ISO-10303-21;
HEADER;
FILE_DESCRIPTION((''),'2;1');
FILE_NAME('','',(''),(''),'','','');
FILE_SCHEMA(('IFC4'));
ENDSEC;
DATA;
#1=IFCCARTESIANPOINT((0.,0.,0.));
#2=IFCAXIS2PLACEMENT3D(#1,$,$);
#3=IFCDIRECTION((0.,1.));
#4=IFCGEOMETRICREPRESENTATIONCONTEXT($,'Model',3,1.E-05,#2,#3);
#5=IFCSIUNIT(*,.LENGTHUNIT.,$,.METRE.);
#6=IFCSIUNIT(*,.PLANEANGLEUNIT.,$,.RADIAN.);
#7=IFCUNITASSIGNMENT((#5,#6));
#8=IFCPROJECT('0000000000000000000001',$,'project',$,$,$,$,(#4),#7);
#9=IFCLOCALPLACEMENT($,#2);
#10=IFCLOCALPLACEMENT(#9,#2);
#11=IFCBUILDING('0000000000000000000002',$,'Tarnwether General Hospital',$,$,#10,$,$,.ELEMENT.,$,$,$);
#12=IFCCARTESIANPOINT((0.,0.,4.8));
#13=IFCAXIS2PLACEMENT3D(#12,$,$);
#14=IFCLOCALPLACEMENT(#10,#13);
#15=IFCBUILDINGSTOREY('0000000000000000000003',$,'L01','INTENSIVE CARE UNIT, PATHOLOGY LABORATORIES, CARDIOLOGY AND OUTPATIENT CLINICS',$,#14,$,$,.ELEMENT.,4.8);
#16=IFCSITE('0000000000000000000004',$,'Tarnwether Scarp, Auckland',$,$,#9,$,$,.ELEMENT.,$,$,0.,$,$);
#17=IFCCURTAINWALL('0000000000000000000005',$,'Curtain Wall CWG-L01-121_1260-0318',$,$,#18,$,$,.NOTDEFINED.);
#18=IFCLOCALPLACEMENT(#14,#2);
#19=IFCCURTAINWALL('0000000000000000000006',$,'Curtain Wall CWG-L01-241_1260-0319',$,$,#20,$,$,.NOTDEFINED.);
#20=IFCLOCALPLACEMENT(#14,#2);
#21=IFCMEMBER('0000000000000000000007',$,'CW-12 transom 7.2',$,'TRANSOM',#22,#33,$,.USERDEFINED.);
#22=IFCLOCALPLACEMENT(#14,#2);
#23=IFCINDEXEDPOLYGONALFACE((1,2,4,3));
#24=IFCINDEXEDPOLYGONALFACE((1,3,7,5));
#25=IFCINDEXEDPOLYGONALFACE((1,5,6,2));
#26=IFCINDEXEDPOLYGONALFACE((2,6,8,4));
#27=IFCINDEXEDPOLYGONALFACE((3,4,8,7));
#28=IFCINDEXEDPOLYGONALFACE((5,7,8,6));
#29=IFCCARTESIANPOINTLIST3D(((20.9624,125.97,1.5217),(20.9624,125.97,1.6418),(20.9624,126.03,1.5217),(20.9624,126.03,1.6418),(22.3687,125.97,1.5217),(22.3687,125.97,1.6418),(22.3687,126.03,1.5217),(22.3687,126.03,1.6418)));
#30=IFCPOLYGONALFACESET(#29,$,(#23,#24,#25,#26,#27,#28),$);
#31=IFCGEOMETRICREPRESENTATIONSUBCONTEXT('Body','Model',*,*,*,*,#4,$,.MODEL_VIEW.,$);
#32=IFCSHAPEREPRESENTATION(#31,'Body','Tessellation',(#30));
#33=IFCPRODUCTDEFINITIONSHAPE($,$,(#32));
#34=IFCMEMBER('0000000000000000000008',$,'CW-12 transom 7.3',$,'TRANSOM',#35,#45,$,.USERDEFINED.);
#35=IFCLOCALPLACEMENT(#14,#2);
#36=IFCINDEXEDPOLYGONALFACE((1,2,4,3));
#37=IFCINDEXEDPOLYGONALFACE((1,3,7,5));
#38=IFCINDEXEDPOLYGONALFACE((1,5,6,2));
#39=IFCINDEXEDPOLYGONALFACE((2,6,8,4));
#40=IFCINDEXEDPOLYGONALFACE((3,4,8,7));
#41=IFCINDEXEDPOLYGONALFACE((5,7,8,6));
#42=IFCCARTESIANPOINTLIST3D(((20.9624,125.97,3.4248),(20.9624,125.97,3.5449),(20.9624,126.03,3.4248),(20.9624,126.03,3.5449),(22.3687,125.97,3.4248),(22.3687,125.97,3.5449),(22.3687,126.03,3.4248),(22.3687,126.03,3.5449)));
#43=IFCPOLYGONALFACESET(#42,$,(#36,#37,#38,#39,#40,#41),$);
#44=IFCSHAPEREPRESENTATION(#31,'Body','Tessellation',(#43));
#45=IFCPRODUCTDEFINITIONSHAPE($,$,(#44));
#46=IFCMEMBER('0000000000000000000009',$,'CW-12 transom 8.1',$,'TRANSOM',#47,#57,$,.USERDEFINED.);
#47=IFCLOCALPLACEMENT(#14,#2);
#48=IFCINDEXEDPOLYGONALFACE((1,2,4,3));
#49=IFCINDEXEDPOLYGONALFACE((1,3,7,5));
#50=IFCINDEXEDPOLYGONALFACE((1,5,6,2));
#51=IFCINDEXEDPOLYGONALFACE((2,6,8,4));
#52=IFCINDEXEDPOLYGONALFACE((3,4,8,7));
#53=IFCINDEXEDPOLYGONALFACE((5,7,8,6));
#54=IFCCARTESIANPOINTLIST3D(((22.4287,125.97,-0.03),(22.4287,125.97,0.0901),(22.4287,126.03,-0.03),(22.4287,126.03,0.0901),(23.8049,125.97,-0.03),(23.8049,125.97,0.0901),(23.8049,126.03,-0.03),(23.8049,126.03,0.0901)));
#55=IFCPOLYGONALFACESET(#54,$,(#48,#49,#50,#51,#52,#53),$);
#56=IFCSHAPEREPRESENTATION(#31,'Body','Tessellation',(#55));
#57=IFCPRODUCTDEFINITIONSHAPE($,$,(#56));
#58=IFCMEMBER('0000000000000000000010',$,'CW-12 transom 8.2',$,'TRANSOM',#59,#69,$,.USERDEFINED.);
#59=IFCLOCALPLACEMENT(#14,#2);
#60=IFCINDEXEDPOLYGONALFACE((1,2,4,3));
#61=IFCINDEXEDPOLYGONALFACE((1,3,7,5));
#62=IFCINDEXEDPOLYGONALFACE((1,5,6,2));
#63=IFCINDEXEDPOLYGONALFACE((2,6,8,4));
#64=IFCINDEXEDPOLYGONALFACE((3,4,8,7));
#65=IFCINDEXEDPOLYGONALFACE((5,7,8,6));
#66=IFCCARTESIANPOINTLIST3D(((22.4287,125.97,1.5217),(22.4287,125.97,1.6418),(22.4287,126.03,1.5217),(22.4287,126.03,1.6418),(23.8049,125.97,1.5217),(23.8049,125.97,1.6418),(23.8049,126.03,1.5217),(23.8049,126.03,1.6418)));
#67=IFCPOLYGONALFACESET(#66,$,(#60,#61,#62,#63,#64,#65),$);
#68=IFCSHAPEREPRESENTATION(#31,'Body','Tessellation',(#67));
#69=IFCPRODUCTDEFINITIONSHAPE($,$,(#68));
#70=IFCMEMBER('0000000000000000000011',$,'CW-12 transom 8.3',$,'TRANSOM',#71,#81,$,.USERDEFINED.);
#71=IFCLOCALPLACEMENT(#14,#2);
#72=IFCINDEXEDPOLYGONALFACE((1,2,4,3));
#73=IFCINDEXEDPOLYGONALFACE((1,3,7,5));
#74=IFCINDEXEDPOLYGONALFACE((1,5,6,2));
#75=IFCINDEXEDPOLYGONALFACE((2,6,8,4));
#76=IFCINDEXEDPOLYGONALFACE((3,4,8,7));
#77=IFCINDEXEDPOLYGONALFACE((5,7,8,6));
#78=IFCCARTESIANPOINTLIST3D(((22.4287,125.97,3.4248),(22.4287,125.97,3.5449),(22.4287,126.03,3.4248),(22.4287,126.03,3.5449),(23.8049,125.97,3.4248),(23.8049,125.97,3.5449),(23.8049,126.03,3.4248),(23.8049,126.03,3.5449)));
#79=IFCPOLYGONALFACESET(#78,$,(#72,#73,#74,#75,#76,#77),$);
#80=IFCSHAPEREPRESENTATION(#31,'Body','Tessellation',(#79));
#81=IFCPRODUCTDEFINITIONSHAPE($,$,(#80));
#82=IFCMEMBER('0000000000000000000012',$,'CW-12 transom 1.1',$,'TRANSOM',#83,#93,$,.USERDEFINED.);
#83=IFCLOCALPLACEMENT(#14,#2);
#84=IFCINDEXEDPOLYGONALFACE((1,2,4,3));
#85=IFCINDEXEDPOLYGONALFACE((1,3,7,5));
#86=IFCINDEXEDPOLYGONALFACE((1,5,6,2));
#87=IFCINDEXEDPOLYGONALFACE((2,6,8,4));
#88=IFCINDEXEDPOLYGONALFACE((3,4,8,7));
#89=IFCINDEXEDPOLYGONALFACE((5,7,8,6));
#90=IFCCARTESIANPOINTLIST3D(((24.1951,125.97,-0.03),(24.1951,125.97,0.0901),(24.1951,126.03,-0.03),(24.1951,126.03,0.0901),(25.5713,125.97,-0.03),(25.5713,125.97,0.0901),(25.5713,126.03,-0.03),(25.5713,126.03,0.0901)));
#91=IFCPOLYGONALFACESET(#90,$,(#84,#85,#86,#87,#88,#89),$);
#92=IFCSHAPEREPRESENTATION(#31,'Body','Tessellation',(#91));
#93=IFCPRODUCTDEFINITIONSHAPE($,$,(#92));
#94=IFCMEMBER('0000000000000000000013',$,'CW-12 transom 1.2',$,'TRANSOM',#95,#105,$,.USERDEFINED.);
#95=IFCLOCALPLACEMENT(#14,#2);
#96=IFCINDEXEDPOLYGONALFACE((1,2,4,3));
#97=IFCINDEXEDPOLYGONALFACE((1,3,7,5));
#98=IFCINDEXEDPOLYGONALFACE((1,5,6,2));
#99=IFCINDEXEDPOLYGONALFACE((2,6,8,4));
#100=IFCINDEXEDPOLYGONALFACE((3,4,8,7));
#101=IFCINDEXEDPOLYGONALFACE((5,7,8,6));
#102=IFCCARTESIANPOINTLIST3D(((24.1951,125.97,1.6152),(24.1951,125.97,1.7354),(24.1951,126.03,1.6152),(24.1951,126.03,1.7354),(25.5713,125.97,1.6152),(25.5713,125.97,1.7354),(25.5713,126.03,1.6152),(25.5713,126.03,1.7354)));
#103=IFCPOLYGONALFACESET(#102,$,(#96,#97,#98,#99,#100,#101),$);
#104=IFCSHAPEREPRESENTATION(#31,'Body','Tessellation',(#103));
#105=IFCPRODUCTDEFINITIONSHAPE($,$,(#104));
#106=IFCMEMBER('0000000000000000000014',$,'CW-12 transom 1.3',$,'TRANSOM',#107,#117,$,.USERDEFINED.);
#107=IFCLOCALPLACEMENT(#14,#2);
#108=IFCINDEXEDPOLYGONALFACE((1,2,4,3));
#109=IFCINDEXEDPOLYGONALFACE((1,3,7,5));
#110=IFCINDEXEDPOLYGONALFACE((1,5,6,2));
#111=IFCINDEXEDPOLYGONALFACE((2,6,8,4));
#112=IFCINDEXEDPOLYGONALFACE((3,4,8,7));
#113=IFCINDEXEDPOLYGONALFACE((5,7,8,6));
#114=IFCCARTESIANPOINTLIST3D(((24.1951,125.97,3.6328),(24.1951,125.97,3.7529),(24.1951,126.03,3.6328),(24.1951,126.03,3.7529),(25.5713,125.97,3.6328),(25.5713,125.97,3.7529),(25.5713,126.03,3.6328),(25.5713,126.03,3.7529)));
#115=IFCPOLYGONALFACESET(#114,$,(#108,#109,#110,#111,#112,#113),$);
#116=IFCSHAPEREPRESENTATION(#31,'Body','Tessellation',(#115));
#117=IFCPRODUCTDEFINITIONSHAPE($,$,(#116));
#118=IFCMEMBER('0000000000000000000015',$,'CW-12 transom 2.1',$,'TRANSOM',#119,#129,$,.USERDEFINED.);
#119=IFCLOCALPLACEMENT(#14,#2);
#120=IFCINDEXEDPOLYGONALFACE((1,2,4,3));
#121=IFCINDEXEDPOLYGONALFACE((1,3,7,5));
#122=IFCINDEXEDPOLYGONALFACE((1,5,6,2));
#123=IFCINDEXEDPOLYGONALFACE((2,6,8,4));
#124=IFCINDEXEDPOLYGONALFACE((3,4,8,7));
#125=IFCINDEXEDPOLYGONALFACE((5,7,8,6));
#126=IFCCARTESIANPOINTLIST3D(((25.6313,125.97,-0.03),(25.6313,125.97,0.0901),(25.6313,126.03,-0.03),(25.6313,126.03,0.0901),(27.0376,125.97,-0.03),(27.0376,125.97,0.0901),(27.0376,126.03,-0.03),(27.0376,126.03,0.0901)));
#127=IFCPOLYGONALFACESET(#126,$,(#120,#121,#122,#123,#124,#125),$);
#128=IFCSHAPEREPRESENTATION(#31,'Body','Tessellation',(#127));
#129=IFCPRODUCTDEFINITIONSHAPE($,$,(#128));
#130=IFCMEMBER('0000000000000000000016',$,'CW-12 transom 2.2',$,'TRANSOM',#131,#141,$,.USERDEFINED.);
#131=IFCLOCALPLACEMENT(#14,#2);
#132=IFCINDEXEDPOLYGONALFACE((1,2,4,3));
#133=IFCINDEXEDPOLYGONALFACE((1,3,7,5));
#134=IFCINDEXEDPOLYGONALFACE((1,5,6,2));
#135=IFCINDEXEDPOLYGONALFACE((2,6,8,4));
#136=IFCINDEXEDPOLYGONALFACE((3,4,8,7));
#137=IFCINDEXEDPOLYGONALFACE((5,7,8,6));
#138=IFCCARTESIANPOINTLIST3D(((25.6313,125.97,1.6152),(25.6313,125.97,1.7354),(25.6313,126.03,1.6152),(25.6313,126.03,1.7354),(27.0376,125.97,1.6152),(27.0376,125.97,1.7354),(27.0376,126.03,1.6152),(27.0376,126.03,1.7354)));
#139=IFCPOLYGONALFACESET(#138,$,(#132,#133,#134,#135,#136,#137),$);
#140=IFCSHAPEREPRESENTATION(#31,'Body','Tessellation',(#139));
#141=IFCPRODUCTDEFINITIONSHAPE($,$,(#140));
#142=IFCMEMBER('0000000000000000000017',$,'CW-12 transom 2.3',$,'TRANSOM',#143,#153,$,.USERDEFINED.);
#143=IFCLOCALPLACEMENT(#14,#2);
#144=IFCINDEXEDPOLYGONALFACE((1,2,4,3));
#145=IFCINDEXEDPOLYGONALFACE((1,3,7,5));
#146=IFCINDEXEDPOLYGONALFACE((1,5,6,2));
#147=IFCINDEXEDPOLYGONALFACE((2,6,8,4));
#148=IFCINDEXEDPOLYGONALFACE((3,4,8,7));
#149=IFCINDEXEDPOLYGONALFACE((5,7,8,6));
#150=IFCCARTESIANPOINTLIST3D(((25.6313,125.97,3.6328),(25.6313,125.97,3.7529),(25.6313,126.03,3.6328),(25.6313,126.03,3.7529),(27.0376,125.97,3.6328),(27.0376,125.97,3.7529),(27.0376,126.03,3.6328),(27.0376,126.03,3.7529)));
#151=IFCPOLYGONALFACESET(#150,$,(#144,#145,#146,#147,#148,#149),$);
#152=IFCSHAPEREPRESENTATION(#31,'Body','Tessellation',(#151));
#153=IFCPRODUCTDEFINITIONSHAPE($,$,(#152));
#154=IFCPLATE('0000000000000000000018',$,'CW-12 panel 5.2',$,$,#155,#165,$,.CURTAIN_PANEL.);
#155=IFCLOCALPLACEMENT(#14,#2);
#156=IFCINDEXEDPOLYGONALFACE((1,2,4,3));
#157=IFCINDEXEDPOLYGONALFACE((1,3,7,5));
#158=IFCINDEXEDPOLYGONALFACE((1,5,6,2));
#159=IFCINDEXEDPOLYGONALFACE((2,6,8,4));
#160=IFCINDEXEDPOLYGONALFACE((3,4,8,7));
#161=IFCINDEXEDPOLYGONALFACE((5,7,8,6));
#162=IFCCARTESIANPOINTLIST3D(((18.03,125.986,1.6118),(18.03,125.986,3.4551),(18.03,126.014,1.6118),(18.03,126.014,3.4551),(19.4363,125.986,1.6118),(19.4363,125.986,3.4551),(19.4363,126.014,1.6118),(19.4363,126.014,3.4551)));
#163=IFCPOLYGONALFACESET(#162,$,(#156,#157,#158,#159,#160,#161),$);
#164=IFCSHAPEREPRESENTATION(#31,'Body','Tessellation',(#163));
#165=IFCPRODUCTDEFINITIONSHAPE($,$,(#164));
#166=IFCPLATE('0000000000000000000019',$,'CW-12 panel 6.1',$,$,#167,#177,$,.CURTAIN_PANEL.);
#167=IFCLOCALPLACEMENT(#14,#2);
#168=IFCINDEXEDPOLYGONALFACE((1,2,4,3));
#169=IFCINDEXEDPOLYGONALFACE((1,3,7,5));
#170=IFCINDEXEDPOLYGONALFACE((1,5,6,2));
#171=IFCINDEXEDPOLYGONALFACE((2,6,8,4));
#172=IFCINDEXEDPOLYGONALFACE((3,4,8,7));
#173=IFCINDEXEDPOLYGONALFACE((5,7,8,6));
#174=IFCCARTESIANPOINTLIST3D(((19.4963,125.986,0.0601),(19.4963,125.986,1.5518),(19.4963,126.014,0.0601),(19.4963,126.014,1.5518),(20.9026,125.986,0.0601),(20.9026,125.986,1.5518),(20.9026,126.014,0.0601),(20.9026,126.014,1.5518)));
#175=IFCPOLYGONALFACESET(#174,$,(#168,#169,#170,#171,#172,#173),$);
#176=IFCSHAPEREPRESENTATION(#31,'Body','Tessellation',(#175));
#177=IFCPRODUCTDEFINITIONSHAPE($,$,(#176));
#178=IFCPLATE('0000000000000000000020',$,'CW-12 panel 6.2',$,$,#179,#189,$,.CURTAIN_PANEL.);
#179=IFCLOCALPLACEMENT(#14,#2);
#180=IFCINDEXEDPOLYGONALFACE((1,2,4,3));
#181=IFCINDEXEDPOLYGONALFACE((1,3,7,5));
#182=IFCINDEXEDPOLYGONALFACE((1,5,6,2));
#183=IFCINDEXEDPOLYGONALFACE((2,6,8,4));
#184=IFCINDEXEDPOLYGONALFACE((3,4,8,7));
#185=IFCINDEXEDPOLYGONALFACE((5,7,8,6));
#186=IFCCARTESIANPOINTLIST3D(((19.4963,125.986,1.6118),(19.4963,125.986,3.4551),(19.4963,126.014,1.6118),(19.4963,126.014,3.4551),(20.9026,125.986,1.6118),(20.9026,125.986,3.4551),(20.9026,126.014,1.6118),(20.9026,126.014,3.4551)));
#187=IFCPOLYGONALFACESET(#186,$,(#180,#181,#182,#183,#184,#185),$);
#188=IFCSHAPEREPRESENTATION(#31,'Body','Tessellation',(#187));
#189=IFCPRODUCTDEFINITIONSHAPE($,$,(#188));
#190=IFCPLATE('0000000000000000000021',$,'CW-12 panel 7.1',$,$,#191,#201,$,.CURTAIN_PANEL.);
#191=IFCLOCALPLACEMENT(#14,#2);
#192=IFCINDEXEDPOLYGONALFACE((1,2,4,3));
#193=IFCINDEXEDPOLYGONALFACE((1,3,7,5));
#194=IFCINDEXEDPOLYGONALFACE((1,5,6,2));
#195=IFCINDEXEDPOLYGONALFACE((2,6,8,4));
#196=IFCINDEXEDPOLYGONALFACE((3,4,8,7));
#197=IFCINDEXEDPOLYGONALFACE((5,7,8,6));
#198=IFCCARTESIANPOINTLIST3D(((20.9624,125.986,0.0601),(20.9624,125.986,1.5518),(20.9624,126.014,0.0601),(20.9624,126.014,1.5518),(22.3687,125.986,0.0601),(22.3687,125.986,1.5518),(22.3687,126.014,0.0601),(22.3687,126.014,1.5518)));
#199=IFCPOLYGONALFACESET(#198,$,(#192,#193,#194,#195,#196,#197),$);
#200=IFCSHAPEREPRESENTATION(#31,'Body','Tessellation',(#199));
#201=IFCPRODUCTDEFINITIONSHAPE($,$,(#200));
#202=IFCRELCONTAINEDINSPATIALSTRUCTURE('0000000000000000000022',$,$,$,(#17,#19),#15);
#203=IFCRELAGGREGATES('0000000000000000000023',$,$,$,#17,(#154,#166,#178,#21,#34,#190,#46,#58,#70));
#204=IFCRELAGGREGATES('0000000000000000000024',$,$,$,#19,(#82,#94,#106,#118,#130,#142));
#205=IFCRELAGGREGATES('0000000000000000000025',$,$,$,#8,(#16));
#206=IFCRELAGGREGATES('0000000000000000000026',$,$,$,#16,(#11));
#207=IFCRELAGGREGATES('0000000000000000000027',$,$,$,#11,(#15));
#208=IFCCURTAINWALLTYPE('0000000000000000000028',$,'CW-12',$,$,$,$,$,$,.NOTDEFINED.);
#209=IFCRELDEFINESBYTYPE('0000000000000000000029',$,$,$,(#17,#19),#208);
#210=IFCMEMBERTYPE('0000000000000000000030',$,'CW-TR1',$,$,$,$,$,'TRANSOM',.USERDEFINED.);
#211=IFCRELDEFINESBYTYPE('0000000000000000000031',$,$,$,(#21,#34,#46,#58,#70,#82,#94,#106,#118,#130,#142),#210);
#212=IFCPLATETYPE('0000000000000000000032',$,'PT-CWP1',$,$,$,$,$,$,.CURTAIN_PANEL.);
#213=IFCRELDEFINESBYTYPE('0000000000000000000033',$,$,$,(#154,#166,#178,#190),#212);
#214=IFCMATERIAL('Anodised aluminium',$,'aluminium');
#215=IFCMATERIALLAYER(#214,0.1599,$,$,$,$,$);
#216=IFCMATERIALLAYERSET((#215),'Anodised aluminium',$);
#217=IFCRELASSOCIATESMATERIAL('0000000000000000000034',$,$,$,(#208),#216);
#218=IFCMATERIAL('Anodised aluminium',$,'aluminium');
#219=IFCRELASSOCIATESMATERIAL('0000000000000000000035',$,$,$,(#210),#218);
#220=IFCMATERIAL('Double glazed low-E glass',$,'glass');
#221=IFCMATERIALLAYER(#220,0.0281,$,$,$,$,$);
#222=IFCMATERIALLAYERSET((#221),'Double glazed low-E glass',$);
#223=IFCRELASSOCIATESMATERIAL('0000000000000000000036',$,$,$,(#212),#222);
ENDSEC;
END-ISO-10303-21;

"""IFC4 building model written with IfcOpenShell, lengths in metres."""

from ifc_helpers import new_model, si_unit, direction, frame, origin, origin_2d, place, context, subcontext, project, spatial, rectangle, extrude, material, layer, layer_set, material_profile, profile_set, type_object, element, aggregate, save


model = new_model("IFC4")

# Units and contexts
model_context = context("Model", 3, precision=1e-05, world=origin(), true_north=direction((0.0, 1.0)))
body_context = subcontext(model_context, "Body", "Model", "MODEL_VIEW")
ifc_project = project(units=[si_unit("LENGTHUNIT", "METRE"), si_unit("PLANEANGLEUNIT", "RADIAN")], contexts=[model_context])

# Site, building, storey
site_placement = place(None, origin())
site = spatial("IfcSite", under=ifc_project, at=site_placement, Name="Tarnwether Scarp, Auckland", CompositionType="ELEMENT", RefElevation=0.0)
building_placement = place(site_placement, origin())
building = spatial("IfcBuilding", under=site, at=building_placement, Name="Tarnwether General Hospital", CompositionType="ELEMENT")
storey_placement = place(building_placement, frame((0.0, 0.0, 4.8)))
storey = spatial("IfcBuildingStorey", under=building, at=storey_placement, Name="L01", Description="INTENSIVE CARE UNIT, PATHOLOGY LABORATORIES, CARDIOLOGY AND OUTPATIENT CLINICS", CompositionType="ELEMENT", Elevation=4.8)

# Curtain walls
ifc_material_1 = material(Name="Anodised aluminium", Category="aluminium")
ifc_layer_1 = layer(ifc_material_1, 0.1599)
ifc_layer_set_1 = layer_set([ifc_layer_1], Name="Anodised aluminium")
curtain_wall_type = type_object("IfcCurtainWallType", Name="CW-12", PredefinedType="NOTDEFINED", material=ifc_layer_set_1)
curtain_wall_1_placement = place(storey_placement, origin())
curtain_wall_1 = element("IfcCurtainWall", 1, at=curtain_wall_1_placement, inside=storey, type_object=curtain_wall_type, Name="Curtain Wall CWG-L01-121_1260-0318", PredefinedType="NOTDEFINED")
curtain_wall_2_placement = place(storey_placement, origin())
curtain_wall_2 = element("IfcCurtainWall", 2, at=curtain_wall_2_placement, inside=storey, type_object=curtain_wall_type, Name="Curtain Wall CWG-L01-241_1260-0319", PredefinedType="NOTDEFINED")

# Members
ifc_material_2 = material(Name="Anodised aluminium", Category="aluminium")
ifc_material_profile_1 = material_profile(ifc_material_2, rectangle(XDim=0.0601, YDim=0.1201, at=origin_2d()), Name="ALU-TRN-60x120")
ifc_profile_set_1 = profile_set([ifc_material_profile_1], Name="Anodised aluminium")
member_type_1 = type_object("IfcMemberType", Name="CW-TR1", ElementType="TRANSOM", PredefinedType="USERDEFINED", material=ifc_profile_set_1)
member_1_placement = place(storey_placement, frame((20.9624, 126.0, 1.5818), z_axis=(1.0, 0.0, 0.0), x_axis=(0.0, 1.0, 0.0)))
member_1 = element("IfcMember", 3, at=member_1_placement, type_object=member_type_1, Name="CW-12 transom 7.2", ObjectType="TRANSOM", PredefinedType="USERDEFINED", context=body_context, shape_type="SweptSolid", body=[
    extrude(rectangle(XDim=0.0601, YDim=0.1201, at=origin_2d()), origin(), (0.0, 0.0, 1.0), 1.4062),
])
member_2_placement = place(storey_placement, frame((20.9624, 126.0, 3.4849), z_axis=(1.0, 0.0, 0.0), x_axis=(0.0, 1.0, 0.0)))
member_2 = element("IfcMember", 4, at=member_2_placement, type_object=member_type_1, Name="CW-12 transom 7.3", ObjectType="TRANSOM", PredefinedType="USERDEFINED", context=body_context, shape_type="SweptSolid", body=[
    extrude(rectangle(XDim=0.0601, YDim=0.1201, at=origin_2d()), origin(), (0.0, 0.0, 1.0), 1.4062),
])
member_3_placement = place(storey_placement, frame((22.4287, 126.0, 0.03), z_axis=(1.0, 0.0, 0.0), x_axis=(0.0, 1.0, 0.0)))
member_3 = element("IfcMember", 5, at=member_3_placement, type_object=member_type_1, Name="CW-12 transom 8.1", ObjectType="TRANSOM", PredefinedType="USERDEFINED", context=body_context, shape_type="SweptSolid", body=[
    extrude(rectangle(XDim=0.0601, YDim=0.1201, at=origin_2d()), origin(), (0.0, 0.0, 1.0), 1.3762),
])
member_4_placement = place(storey_placement, frame((22.4287, 126.0, 1.5818), z_axis=(1.0, 0.0, 0.0), x_axis=(0.0, 1.0, 0.0)))
member_4 = element("IfcMember", 6, at=member_4_placement, type_object=member_type_1, Name="CW-12 transom 8.2", ObjectType="TRANSOM", PredefinedType="USERDEFINED", context=body_context, shape_type="SweptSolid", body=[
    extrude(rectangle(XDim=0.0601, YDim=0.1201, at=origin_2d()), origin(), (0.0, 0.0, 1.0), 1.3762),
])
member_5_placement = place(storey_placement, frame((22.4287, 126.0, 3.4849), z_axis=(1.0, 0.0, 0.0), x_axis=(0.0, 1.0, 0.0)))
member_5 = element("IfcMember", 7, at=member_5_placement, type_object=member_type_1, Name="CW-12 transom 8.3", ObjectType="TRANSOM", PredefinedType="USERDEFINED", context=body_context, shape_type="SweptSolid", body=[
    extrude(rectangle(XDim=0.0601, YDim=0.1201, at=origin_2d()), origin(), (0.0, 0.0, 1.0), 1.3762),
])
member_6_placement = place(storey_placement, frame((24.1951, 126.0, 0.03), z_axis=(1.0, 0.0, 0.0), x_axis=(0.0, 1.0, 0.0)))
member_6 = element("IfcMember", 8, at=member_6_placement, type_object=member_type_1, Name="CW-12 transom 1.1", ObjectType="TRANSOM", PredefinedType="USERDEFINED", context=body_context, shape_type="SweptSolid", body=[
    extrude(rectangle(XDim=0.0601, YDim=0.1201, at=origin_2d()), origin(), (0.0, 0.0, 1.0), 1.3762),
])
member_7_placement = place(storey_placement, frame((24.1951, 126.0, 1.6753), z_axis=(1.0, 0.0, 0.0), x_axis=(0.0, 1.0, 0.0)))
member_7 = element("IfcMember", 9, at=member_7_placement, type_object=member_type_1, Name="CW-12 transom 1.2", ObjectType="TRANSOM", PredefinedType="USERDEFINED", context=body_context, shape_type="SweptSolid", body=[
    extrude(rectangle(XDim=0.0601, YDim=0.1201, at=origin_2d()), origin(), (0.0, 0.0, 1.0), 1.3762),
])
member_8_placement = place(storey_placement, frame((24.1951, 126.0, 3.6929), z_axis=(1.0, 0.0, 0.0), x_axis=(0.0, 1.0, 0.0)))
member_8 = element("IfcMember", 10, at=member_8_placement, type_object=member_type_1, Name="CW-12 transom 1.3", ObjectType="TRANSOM", PredefinedType="USERDEFINED", context=body_context, shape_type="SweptSolid", body=[
    extrude(rectangle(XDim=0.0601, YDim=0.1201, at=origin_2d()), origin(), (0.0, 0.0, 1.0), 1.3762),
])
member_9_placement = place(storey_placement, frame((25.6313, 126.0, 0.03), z_axis=(1.0, 0.0, 0.0), x_axis=(0.0, 1.0, 0.0)))
member_9 = element("IfcMember", 11, at=member_9_placement, type_object=member_type_1, Name="CW-12 transom 2.1", ObjectType="TRANSOM", PredefinedType="USERDEFINED", context=body_context, shape_type="SweptSolid", body=[
    extrude(rectangle(XDim=0.0601, YDim=0.1201, at=origin_2d()), origin(), (0.0, 0.0, 1.0), 1.4062),
])
member_10_placement = place(storey_placement, frame((25.6313, 126.0, 1.6753), z_axis=(1.0, 0.0, 0.0), x_axis=(0.0, 1.0, 0.0)))
member_10 = element("IfcMember", 12, at=member_10_placement, type_object=member_type_1, Name="CW-12 transom 2.2", ObjectType="TRANSOM", PredefinedType="USERDEFINED", context=body_context, shape_type="SweptSolid", body=[
    extrude(rectangle(XDim=0.0601, YDim=0.1201, at=origin_2d()), origin(), (0.0, 0.0, 1.0), 1.4062),
])
member_11_placement = place(storey_placement, frame((25.6313, 126.0, 3.6929), z_axis=(1.0, 0.0, 0.0), x_axis=(0.0, 1.0, 0.0)))
member_11 = element("IfcMember", 13, at=member_11_placement, type_object=member_type_1, Name="CW-12 transom 2.3", ObjectType="TRANSOM", PredefinedType="USERDEFINED", context=body_context, shape_type="SweptSolid", body=[
    extrude(rectangle(XDim=0.0601, YDim=0.1201, at=origin_2d()), origin(), (0.0, 0.0, 1.0), 1.4062),
])

# Plates
ifc_material_3 = material(Name="Double glazed low-E glass", Category="glass")
ifc_layer_2 = layer(ifc_material_3, 0.0281)
ifc_layer_set_2 = layer_set([ifc_layer_2], Name="Double glazed low-E glass")
plate_type = type_object("IfcPlateType", Name="PT-CWP1", PredefinedType="CURTAIN_PANEL", material=ifc_layer_set_2)
plate_1_placement = place(storey_placement, frame((18.7332, 126.0, 1.6118), z_axis=(0.0, 0.0, 1.0), x_axis=(1.0, 0.0, 0.0)))
plate_1 = element("IfcPlate", 14, at=plate_1_placement, type_object=plate_type, Name="CW-12 panel 5.2", PredefinedType="CURTAIN_PANEL", context=body_context, shape_type="SweptSolid", body=[
    extrude(rectangle(XDim=1.4062, YDim=0.0281, at=origin_2d()), origin(), (0.0, 0.0, 1.0), 1.8433),
])
plate_2_placement = place(storey_placement, frame((20.1995, 126.0, 0.0601), z_axis=(0.0, 0.0, 1.0), x_axis=(1.0, 0.0, 0.0)))
plate_2 = element("IfcPlate", 15, at=plate_2_placement, type_object=plate_type, Name="CW-12 panel 6.1", PredefinedType="CURTAIN_PANEL", context=body_context, shape_type="SweptSolid", body=[
    extrude(rectangle(XDim=1.4062, YDim=0.0281, at=origin_2d()), origin(), (0.0, 0.0, 1.0), 1.4917),
])
plate_3_placement = place(storey_placement, frame((20.1995, 126.0, 1.6118), z_axis=(0.0, 0.0, 1.0), x_axis=(1.0, 0.0, 0.0)))
plate_3 = element("IfcPlate", 16, at=plate_3_placement, type_object=plate_type, Name="CW-12 panel 6.2", PredefinedType="CURTAIN_PANEL", context=body_context, shape_type="SweptSolid", body=[
    extrude(rectangle(XDim=1.4062, YDim=0.0281, at=origin_2d()), origin(), (0.0, 0.0, 1.0), 1.8433),
])
plate_4_placement = place(storey_placement, frame((21.6655, 126.0, 0.0601), z_axis=(0.0, 0.0, 1.0), x_axis=(1.0, 0.0, 0.0)))
plate_4 = element("IfcPlate", 17, at=plate_4_placement, type_object=plate_type, Name="CW-12 panel 7.1", PredefinedType="CURTAIN_PANEL", context=body_context, shape_type="SweptSolid", body=[
    extrude(rectangle(XDim=1.4062, YDim=0.0281, at=origin_2d()), origin(), (0.0, 0.0, 1.0), 1.4917),
])
aggregate(curtain_wall_1, [plate_1, plate_2, plate_3, member_1, member_2, plate_4, member_3, member_4, member_5])
aggregate(curtain_wall_2, [member_6, member_7, member_8, member_9, member_10, member_11])

save(model, "model.ifc")
